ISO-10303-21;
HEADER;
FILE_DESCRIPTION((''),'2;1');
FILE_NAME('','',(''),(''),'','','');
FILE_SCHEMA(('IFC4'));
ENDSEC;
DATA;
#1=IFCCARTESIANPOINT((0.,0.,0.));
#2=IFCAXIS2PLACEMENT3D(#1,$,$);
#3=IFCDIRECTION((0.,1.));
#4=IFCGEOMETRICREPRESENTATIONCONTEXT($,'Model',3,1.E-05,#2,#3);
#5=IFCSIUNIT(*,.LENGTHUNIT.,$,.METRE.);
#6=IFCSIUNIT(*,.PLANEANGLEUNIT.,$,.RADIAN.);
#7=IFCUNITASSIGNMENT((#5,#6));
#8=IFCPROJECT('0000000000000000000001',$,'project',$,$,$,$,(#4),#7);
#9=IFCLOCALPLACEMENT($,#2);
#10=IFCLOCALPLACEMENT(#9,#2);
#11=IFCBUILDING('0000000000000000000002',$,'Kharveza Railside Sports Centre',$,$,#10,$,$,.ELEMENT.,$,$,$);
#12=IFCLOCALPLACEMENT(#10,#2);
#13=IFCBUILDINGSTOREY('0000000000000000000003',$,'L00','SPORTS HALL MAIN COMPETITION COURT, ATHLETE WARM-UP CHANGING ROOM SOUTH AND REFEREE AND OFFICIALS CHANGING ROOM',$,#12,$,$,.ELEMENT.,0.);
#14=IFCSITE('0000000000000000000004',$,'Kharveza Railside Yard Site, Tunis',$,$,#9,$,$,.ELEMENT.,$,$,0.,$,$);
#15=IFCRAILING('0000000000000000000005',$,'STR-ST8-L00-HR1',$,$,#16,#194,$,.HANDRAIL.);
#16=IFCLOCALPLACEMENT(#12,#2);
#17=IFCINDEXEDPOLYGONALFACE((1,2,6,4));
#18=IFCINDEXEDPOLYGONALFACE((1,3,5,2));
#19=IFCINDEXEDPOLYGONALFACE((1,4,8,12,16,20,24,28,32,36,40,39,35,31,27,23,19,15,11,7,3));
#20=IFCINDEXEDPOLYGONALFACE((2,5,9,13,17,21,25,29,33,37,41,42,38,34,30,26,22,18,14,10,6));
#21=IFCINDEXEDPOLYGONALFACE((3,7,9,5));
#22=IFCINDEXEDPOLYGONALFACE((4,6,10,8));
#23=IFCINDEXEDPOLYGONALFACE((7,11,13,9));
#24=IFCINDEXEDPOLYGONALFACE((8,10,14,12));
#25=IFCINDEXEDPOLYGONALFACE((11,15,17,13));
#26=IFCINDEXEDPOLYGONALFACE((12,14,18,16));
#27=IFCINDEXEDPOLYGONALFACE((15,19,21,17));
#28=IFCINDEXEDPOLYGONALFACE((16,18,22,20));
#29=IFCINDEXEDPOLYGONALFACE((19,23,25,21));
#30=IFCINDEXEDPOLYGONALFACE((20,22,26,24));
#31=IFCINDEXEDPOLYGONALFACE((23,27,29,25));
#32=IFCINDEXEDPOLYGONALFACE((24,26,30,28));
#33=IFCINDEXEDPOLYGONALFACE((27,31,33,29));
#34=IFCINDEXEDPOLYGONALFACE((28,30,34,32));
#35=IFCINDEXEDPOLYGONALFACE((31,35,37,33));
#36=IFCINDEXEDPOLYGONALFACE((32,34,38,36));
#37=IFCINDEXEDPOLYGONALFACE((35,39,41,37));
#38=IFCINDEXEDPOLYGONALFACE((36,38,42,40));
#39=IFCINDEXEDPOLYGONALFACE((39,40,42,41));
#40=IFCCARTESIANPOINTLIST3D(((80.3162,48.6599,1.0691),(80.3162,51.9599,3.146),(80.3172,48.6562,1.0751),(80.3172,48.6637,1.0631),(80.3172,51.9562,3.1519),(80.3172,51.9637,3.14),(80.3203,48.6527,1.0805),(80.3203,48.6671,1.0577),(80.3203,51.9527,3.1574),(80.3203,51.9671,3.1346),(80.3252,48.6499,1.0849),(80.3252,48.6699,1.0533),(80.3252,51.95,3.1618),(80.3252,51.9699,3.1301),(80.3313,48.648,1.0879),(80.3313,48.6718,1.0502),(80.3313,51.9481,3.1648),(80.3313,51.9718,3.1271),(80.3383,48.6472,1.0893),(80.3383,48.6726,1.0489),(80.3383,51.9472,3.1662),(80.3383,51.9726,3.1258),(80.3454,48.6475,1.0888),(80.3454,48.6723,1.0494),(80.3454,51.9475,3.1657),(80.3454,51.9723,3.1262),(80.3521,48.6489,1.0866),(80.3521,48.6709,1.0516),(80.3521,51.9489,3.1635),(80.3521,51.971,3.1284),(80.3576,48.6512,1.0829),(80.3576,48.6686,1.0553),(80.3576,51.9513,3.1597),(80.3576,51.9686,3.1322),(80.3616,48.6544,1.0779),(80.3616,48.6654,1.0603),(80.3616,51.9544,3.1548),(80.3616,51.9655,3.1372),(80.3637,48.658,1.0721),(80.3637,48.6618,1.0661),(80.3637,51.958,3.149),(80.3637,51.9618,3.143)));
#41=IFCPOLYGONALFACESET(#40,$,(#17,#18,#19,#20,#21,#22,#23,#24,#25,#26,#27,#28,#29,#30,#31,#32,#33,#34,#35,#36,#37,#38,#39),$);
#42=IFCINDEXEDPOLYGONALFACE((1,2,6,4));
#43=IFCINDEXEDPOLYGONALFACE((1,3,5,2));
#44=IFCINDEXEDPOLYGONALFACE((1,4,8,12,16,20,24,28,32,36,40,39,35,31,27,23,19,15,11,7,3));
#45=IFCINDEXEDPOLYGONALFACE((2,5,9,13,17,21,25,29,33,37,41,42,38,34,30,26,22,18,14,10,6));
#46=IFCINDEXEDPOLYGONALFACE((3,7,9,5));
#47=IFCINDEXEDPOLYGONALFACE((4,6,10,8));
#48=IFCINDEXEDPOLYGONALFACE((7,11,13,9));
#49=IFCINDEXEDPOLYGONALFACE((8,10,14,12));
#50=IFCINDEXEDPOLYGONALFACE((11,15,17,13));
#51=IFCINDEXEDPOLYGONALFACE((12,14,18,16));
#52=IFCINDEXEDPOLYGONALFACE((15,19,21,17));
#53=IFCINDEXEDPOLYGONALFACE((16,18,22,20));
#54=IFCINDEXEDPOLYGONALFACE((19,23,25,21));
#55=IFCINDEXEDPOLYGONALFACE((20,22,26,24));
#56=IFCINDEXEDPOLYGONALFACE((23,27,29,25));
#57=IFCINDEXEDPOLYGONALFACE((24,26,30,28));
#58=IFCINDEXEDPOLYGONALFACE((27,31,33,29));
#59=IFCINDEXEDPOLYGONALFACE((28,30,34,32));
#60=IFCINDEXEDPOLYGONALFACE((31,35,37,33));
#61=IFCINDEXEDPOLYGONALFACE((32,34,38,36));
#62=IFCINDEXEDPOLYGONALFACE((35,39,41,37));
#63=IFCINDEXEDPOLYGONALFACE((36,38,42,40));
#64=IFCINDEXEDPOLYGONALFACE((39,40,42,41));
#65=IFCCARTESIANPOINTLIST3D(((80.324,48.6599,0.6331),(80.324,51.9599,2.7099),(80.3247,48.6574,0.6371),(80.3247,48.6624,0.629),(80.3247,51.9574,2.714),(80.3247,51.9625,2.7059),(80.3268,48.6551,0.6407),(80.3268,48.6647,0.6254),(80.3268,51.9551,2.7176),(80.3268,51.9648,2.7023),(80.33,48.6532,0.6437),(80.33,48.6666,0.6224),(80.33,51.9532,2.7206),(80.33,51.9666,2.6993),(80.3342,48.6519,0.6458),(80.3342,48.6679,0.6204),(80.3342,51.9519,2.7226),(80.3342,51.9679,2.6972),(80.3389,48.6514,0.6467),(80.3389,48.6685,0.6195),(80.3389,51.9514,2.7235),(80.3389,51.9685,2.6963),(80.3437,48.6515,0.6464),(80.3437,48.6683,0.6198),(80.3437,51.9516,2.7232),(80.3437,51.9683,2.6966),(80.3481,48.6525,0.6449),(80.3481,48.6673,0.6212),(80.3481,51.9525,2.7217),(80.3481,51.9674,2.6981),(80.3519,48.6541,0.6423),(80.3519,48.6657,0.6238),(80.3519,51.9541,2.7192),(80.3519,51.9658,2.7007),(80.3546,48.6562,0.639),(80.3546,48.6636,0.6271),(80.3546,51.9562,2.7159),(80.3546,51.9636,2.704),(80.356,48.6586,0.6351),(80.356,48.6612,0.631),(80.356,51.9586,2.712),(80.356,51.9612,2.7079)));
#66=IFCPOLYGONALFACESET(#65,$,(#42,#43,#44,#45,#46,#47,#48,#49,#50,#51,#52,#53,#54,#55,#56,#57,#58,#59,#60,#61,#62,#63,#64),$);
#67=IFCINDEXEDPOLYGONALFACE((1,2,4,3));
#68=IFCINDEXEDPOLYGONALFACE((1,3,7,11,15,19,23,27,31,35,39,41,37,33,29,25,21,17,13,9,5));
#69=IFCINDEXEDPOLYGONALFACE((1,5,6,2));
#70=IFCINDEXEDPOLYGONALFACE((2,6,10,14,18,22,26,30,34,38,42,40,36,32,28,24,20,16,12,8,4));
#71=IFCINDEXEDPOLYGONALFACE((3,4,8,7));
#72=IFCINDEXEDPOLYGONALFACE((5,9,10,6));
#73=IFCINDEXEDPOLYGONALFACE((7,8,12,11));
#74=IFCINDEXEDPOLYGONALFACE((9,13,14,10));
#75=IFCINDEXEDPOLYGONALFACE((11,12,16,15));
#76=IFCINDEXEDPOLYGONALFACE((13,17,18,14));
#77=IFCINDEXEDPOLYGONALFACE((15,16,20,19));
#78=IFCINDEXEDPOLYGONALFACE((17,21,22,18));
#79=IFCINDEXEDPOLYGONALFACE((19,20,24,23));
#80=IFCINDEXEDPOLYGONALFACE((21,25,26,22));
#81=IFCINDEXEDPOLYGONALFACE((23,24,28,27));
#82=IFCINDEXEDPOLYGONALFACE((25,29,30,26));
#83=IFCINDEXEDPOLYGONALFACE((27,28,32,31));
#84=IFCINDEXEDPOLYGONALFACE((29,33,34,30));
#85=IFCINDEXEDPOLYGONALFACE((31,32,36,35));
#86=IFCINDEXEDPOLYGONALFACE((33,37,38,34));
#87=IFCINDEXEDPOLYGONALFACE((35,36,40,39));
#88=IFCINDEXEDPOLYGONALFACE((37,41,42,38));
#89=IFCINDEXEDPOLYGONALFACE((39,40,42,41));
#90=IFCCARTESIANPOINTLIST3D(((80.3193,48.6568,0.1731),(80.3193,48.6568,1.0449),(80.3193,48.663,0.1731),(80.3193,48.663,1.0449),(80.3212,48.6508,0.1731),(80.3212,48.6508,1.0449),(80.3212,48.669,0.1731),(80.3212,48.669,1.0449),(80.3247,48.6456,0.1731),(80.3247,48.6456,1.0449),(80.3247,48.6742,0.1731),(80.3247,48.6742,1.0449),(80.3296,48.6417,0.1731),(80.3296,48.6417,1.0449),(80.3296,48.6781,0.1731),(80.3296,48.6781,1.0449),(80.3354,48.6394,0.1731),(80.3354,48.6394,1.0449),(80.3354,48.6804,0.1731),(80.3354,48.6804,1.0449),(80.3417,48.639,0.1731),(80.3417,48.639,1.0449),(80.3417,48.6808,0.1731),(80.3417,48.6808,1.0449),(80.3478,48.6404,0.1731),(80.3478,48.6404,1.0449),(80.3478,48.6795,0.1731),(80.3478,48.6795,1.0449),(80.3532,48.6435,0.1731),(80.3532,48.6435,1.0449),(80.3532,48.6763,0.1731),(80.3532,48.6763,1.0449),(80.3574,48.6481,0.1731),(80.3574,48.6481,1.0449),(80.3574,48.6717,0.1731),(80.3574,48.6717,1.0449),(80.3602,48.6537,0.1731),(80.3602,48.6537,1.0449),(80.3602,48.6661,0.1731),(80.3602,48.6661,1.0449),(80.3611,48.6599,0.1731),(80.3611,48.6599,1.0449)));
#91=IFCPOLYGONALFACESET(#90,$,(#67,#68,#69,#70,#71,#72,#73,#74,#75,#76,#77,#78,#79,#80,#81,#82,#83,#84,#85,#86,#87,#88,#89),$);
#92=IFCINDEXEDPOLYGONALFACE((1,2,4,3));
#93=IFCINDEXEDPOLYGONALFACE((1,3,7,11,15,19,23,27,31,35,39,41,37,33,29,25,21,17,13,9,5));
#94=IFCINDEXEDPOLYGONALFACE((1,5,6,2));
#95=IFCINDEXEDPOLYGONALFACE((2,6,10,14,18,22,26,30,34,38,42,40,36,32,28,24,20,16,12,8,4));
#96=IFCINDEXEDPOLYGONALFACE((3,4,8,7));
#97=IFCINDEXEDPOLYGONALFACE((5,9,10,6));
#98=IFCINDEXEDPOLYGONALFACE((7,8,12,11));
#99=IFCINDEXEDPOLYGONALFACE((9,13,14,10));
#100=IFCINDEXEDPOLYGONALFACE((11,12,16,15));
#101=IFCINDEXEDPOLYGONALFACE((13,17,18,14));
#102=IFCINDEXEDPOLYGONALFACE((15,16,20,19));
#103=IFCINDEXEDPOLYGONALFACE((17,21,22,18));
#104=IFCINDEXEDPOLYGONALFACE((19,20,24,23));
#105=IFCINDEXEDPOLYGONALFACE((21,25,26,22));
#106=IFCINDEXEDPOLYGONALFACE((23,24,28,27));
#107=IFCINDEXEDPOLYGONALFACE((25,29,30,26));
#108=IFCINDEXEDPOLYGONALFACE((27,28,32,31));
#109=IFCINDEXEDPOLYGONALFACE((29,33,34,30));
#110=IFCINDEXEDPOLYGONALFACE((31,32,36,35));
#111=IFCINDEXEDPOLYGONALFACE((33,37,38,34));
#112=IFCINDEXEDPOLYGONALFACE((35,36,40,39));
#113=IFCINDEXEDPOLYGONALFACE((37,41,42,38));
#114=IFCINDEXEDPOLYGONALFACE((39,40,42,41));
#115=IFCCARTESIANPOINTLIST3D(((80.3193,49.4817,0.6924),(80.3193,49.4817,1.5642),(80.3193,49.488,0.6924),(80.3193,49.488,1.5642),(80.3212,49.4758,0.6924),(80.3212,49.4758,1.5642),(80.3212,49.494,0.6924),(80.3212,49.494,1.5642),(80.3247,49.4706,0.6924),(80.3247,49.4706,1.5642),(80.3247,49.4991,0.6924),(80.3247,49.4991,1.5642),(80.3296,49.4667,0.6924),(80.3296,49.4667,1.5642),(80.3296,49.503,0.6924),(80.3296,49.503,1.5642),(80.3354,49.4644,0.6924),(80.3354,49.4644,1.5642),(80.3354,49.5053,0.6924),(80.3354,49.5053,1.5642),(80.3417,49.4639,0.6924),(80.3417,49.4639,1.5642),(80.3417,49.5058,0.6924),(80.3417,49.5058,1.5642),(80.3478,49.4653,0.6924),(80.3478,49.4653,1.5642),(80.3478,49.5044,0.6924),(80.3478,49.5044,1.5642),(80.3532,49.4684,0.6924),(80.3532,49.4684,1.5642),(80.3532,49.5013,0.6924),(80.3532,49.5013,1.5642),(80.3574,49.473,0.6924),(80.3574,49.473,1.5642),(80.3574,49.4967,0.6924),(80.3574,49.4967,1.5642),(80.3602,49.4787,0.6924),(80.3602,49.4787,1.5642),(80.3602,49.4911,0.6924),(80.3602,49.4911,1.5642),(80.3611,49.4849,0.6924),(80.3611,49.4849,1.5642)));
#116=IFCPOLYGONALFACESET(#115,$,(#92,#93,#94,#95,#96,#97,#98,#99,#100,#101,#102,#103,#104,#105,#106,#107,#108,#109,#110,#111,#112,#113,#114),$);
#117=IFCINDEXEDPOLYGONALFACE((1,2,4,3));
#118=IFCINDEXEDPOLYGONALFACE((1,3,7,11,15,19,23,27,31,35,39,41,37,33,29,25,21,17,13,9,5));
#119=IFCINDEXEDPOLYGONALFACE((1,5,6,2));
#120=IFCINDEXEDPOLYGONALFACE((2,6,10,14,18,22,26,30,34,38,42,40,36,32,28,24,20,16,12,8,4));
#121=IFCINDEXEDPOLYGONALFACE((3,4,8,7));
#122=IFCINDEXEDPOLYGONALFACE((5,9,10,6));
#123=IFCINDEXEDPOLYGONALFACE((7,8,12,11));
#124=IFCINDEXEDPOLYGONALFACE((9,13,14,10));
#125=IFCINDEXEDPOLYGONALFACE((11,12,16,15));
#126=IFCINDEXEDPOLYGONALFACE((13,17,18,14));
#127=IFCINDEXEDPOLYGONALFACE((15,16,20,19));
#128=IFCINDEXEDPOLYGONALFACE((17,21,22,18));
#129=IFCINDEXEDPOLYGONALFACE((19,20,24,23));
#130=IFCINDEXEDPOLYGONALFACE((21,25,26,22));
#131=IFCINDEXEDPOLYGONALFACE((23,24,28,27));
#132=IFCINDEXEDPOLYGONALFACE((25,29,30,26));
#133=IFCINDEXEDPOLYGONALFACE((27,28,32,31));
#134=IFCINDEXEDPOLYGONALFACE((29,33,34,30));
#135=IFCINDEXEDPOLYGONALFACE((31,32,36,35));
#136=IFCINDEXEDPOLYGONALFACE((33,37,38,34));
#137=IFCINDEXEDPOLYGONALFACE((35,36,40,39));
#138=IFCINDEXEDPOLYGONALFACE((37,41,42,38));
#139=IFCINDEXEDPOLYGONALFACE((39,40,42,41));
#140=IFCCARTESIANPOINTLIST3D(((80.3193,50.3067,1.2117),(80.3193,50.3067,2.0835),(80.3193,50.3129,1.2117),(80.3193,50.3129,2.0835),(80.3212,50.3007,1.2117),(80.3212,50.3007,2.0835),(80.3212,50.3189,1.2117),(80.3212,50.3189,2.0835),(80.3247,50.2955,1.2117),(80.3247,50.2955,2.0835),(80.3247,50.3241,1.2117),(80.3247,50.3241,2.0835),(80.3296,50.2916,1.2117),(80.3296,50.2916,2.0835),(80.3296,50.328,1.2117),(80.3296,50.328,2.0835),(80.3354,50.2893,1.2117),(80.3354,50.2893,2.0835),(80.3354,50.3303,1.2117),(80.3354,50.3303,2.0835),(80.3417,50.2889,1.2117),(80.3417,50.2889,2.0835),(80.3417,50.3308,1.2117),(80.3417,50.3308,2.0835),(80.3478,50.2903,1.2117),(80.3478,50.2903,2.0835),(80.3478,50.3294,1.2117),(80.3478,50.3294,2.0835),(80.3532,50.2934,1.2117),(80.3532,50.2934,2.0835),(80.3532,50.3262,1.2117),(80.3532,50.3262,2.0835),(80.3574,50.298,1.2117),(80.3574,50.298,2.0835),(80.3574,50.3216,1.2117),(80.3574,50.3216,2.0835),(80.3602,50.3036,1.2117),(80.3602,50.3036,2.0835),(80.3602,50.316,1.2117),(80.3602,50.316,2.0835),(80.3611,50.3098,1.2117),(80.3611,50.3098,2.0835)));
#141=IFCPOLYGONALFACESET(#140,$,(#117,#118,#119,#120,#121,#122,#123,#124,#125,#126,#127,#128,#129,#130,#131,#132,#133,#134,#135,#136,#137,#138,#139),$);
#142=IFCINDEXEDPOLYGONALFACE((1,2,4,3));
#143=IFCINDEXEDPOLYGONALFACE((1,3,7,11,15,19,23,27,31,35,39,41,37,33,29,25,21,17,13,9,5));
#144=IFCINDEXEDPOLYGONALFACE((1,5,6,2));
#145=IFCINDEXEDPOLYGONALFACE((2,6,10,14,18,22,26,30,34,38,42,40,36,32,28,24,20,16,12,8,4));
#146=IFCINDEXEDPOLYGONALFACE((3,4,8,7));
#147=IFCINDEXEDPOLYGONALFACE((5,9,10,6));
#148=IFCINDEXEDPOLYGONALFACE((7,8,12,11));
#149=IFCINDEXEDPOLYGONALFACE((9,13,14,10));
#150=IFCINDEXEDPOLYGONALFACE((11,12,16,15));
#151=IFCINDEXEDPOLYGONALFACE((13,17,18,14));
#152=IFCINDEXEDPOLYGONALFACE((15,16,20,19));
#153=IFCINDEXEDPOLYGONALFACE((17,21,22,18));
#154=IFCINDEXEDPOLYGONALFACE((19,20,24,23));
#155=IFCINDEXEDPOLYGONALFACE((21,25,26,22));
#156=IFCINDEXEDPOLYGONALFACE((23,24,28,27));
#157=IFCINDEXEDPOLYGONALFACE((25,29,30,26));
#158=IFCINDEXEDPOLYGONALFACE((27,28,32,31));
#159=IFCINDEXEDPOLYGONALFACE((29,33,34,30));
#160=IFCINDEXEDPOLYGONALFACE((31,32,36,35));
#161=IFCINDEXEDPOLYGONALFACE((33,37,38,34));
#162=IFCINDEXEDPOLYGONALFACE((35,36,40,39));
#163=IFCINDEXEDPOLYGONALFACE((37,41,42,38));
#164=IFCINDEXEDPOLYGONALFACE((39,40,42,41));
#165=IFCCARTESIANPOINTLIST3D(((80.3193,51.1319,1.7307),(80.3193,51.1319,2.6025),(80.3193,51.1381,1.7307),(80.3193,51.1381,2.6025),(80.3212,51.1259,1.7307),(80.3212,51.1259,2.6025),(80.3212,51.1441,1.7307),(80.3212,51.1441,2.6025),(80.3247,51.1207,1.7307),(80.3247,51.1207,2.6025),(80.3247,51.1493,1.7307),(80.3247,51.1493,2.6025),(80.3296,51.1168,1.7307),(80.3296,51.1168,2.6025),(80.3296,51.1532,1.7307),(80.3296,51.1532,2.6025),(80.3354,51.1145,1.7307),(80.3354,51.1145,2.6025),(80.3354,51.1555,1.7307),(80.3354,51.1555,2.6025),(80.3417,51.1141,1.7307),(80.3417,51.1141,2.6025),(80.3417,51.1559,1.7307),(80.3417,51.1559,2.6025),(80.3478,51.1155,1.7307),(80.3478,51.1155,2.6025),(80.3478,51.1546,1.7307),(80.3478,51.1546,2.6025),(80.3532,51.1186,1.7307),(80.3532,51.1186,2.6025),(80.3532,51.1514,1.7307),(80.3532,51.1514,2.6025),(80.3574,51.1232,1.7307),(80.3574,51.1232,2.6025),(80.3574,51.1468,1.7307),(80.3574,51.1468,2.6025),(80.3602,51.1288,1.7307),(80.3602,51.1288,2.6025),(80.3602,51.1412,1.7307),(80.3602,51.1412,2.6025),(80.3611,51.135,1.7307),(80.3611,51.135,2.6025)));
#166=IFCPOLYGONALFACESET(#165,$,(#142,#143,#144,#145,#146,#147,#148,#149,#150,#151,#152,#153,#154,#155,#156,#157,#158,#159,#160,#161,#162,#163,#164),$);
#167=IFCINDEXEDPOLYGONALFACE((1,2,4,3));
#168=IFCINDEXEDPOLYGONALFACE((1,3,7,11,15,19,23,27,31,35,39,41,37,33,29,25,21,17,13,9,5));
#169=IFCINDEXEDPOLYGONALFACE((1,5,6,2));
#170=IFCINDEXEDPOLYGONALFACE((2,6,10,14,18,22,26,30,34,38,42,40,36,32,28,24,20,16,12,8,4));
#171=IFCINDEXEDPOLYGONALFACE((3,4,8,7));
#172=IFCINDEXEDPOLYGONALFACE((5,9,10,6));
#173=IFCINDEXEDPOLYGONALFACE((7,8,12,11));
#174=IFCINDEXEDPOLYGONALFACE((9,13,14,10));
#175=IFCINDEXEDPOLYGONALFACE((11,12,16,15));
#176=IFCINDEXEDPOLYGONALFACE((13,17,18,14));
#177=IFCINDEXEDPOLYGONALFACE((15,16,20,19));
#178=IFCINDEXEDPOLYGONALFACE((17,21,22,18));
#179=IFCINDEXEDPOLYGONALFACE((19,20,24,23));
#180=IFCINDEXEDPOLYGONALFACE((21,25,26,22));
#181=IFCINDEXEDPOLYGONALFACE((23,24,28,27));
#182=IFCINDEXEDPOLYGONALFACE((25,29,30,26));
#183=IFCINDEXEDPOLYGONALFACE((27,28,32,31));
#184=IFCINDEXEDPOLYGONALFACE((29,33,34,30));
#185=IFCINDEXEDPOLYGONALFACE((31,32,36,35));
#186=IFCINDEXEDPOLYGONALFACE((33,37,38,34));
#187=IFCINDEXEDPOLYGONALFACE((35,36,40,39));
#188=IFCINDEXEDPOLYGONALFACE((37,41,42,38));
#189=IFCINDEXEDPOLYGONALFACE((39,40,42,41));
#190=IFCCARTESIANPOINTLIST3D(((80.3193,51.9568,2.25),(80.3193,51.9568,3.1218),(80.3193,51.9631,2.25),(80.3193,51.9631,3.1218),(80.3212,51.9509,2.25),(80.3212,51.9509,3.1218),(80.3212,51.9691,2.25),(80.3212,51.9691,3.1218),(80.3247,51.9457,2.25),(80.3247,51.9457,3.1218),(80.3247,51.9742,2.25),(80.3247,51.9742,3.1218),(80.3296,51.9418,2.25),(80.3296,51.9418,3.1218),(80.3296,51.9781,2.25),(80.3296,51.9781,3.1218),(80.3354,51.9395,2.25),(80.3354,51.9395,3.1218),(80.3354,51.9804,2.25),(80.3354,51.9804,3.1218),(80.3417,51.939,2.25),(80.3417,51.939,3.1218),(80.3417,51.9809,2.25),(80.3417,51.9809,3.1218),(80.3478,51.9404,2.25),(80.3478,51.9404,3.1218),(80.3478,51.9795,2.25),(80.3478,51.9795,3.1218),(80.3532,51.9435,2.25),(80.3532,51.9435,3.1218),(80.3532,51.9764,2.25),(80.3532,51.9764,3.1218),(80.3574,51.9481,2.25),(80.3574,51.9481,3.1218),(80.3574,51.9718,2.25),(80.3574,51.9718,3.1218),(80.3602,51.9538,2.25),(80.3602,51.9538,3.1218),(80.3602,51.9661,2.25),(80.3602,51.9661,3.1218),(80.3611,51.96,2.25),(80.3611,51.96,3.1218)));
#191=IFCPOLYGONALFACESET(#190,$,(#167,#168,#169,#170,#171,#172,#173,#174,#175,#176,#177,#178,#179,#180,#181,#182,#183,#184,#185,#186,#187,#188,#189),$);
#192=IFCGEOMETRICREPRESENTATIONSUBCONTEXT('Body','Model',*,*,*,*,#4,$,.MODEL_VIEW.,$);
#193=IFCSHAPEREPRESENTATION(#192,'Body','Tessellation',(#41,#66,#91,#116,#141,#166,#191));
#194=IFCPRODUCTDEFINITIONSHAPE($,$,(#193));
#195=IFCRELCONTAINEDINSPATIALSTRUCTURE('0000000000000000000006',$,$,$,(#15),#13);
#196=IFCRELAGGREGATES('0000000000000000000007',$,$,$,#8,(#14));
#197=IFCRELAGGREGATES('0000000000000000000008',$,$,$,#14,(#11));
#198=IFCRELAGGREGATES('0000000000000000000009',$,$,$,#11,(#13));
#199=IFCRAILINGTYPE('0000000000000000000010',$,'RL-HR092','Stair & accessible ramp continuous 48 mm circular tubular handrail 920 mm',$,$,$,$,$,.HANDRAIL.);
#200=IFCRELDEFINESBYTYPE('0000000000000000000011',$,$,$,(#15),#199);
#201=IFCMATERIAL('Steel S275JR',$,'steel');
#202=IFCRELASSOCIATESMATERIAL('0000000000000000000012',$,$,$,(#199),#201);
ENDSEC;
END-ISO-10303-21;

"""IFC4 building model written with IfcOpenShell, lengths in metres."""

from ifc_helpers import new_model, si_unit, direction, frame, origin, origin_2d, place, context, subcontext, project, spatial, circle, extrude, material, type_object, element, save


model = new_model("IFC4")

# Units and contexts
model_context = context("Model", 3, precision=1e-05, world=origin(), true_north=direction((0.0, 1.0)))
body_context = subcontext(model_context, "Body", "Model", "MODEL_VIEW")
ifc_project = project(units=[si_unit("LENGTHUNIT", "METRE"), si_unit("PLANEANGLEUNIT", "RADIAN")], contexts=[model_context])

# Site, building, storey
site_placement = place(None, origin())
site = spatial("IfcSite", under=ifc_project, at=site_placement, Name="Kharveza Railside Yard Site, Tunis", CompositionType="ELEMENT", RefElevation=0.0)
building_placement = place(site_placement, origin())
building = spatial("IfcBuilding", under=site, at=building_placement, Name="Kharveza Railside Sports Centre", CompositionType="ELEMENT")
storey_placement = place(building_placement, origin())
storey = spatial("IfcBuildingStorey", under=building, at=storey_placement, Name="L00", Description="SPORTS HALL MAIN COMPETITION COURT, ATHLETE WARM-UP CHANGING ROOM SOUTH AND REFEREE AND OFFICIALS CHANGING ROOM", CompositionType="ELEMENT", Elevation=0.0)

# Railing
ifc_material_1 = material(Name="Steel S275JR", Category="steel")
railing_type_1 = type_object("IfcRailingType", Name="RL-HR092", Description="Stair & accessible ramp continuous 48 mm circular tubular handrail 920 mm", PredefinedType="HANDRAIL", material=ifc_material_1)
railing_1_placement = place(storey_placement, frame((80.3401, 48.6599, 0.1731)))
element("IfcRailing", 1, at=railing_1_placement, inside=storey, type_object=railing_type_1, Name="STR-ST8-L00-HR1", PredefinedType="HANDRAIL", context=body_context, shape_type="SweptSolid", body=[
    extrude(circle(Radius=0.0239, at=origin_2d()), frame((0.0, 0.0, 0.896), z_axis=(0.0, 0.846337, 0.532647), x_axis=(-1.0, 0.0, 0.0)), (0.0, 0.0, 1.0), 3.8992),
    extrude(circle(Radius=0.0161, at=origin_2d()), frame((0.0, 0.0, 0.46), z_axis=(0.0, 0.846337, 0.532647), x_axis=(-1.0, 0.0, 0.0)), (0.0, 0.0, 1.0), 3.8992),
    extrude(circle(Radius=0.021, at=origin_2d()), origin(), (0.0, 0.0, 1.0), 0.8718),
    extrude(circle(Radius=0.021, at=origin_2d()), frame((0.0, 0.825, 0.5193)), (0.0, 0.0, 1.0), 0.8718),
    extrude(circle(Radius=0.021, at=origin_2d()), frame((0.0, 1.6499, 1.0386)), (0.0, 0.0, 1.0), 0.8718),
    extrude(circle(Radius=0.021, at=origin_2d()), frame((0.0, 2.4751, 1.5576)), (0.0, 0.0, 1.0), 0.8718),
    extrude(circle(Radius=0.021, at=origin_2d()), frame((0.0, 3.3, 2.0769)), (0.0, 0.0, 1.0), 0.8718),
])

save(model, "model.ifc")
